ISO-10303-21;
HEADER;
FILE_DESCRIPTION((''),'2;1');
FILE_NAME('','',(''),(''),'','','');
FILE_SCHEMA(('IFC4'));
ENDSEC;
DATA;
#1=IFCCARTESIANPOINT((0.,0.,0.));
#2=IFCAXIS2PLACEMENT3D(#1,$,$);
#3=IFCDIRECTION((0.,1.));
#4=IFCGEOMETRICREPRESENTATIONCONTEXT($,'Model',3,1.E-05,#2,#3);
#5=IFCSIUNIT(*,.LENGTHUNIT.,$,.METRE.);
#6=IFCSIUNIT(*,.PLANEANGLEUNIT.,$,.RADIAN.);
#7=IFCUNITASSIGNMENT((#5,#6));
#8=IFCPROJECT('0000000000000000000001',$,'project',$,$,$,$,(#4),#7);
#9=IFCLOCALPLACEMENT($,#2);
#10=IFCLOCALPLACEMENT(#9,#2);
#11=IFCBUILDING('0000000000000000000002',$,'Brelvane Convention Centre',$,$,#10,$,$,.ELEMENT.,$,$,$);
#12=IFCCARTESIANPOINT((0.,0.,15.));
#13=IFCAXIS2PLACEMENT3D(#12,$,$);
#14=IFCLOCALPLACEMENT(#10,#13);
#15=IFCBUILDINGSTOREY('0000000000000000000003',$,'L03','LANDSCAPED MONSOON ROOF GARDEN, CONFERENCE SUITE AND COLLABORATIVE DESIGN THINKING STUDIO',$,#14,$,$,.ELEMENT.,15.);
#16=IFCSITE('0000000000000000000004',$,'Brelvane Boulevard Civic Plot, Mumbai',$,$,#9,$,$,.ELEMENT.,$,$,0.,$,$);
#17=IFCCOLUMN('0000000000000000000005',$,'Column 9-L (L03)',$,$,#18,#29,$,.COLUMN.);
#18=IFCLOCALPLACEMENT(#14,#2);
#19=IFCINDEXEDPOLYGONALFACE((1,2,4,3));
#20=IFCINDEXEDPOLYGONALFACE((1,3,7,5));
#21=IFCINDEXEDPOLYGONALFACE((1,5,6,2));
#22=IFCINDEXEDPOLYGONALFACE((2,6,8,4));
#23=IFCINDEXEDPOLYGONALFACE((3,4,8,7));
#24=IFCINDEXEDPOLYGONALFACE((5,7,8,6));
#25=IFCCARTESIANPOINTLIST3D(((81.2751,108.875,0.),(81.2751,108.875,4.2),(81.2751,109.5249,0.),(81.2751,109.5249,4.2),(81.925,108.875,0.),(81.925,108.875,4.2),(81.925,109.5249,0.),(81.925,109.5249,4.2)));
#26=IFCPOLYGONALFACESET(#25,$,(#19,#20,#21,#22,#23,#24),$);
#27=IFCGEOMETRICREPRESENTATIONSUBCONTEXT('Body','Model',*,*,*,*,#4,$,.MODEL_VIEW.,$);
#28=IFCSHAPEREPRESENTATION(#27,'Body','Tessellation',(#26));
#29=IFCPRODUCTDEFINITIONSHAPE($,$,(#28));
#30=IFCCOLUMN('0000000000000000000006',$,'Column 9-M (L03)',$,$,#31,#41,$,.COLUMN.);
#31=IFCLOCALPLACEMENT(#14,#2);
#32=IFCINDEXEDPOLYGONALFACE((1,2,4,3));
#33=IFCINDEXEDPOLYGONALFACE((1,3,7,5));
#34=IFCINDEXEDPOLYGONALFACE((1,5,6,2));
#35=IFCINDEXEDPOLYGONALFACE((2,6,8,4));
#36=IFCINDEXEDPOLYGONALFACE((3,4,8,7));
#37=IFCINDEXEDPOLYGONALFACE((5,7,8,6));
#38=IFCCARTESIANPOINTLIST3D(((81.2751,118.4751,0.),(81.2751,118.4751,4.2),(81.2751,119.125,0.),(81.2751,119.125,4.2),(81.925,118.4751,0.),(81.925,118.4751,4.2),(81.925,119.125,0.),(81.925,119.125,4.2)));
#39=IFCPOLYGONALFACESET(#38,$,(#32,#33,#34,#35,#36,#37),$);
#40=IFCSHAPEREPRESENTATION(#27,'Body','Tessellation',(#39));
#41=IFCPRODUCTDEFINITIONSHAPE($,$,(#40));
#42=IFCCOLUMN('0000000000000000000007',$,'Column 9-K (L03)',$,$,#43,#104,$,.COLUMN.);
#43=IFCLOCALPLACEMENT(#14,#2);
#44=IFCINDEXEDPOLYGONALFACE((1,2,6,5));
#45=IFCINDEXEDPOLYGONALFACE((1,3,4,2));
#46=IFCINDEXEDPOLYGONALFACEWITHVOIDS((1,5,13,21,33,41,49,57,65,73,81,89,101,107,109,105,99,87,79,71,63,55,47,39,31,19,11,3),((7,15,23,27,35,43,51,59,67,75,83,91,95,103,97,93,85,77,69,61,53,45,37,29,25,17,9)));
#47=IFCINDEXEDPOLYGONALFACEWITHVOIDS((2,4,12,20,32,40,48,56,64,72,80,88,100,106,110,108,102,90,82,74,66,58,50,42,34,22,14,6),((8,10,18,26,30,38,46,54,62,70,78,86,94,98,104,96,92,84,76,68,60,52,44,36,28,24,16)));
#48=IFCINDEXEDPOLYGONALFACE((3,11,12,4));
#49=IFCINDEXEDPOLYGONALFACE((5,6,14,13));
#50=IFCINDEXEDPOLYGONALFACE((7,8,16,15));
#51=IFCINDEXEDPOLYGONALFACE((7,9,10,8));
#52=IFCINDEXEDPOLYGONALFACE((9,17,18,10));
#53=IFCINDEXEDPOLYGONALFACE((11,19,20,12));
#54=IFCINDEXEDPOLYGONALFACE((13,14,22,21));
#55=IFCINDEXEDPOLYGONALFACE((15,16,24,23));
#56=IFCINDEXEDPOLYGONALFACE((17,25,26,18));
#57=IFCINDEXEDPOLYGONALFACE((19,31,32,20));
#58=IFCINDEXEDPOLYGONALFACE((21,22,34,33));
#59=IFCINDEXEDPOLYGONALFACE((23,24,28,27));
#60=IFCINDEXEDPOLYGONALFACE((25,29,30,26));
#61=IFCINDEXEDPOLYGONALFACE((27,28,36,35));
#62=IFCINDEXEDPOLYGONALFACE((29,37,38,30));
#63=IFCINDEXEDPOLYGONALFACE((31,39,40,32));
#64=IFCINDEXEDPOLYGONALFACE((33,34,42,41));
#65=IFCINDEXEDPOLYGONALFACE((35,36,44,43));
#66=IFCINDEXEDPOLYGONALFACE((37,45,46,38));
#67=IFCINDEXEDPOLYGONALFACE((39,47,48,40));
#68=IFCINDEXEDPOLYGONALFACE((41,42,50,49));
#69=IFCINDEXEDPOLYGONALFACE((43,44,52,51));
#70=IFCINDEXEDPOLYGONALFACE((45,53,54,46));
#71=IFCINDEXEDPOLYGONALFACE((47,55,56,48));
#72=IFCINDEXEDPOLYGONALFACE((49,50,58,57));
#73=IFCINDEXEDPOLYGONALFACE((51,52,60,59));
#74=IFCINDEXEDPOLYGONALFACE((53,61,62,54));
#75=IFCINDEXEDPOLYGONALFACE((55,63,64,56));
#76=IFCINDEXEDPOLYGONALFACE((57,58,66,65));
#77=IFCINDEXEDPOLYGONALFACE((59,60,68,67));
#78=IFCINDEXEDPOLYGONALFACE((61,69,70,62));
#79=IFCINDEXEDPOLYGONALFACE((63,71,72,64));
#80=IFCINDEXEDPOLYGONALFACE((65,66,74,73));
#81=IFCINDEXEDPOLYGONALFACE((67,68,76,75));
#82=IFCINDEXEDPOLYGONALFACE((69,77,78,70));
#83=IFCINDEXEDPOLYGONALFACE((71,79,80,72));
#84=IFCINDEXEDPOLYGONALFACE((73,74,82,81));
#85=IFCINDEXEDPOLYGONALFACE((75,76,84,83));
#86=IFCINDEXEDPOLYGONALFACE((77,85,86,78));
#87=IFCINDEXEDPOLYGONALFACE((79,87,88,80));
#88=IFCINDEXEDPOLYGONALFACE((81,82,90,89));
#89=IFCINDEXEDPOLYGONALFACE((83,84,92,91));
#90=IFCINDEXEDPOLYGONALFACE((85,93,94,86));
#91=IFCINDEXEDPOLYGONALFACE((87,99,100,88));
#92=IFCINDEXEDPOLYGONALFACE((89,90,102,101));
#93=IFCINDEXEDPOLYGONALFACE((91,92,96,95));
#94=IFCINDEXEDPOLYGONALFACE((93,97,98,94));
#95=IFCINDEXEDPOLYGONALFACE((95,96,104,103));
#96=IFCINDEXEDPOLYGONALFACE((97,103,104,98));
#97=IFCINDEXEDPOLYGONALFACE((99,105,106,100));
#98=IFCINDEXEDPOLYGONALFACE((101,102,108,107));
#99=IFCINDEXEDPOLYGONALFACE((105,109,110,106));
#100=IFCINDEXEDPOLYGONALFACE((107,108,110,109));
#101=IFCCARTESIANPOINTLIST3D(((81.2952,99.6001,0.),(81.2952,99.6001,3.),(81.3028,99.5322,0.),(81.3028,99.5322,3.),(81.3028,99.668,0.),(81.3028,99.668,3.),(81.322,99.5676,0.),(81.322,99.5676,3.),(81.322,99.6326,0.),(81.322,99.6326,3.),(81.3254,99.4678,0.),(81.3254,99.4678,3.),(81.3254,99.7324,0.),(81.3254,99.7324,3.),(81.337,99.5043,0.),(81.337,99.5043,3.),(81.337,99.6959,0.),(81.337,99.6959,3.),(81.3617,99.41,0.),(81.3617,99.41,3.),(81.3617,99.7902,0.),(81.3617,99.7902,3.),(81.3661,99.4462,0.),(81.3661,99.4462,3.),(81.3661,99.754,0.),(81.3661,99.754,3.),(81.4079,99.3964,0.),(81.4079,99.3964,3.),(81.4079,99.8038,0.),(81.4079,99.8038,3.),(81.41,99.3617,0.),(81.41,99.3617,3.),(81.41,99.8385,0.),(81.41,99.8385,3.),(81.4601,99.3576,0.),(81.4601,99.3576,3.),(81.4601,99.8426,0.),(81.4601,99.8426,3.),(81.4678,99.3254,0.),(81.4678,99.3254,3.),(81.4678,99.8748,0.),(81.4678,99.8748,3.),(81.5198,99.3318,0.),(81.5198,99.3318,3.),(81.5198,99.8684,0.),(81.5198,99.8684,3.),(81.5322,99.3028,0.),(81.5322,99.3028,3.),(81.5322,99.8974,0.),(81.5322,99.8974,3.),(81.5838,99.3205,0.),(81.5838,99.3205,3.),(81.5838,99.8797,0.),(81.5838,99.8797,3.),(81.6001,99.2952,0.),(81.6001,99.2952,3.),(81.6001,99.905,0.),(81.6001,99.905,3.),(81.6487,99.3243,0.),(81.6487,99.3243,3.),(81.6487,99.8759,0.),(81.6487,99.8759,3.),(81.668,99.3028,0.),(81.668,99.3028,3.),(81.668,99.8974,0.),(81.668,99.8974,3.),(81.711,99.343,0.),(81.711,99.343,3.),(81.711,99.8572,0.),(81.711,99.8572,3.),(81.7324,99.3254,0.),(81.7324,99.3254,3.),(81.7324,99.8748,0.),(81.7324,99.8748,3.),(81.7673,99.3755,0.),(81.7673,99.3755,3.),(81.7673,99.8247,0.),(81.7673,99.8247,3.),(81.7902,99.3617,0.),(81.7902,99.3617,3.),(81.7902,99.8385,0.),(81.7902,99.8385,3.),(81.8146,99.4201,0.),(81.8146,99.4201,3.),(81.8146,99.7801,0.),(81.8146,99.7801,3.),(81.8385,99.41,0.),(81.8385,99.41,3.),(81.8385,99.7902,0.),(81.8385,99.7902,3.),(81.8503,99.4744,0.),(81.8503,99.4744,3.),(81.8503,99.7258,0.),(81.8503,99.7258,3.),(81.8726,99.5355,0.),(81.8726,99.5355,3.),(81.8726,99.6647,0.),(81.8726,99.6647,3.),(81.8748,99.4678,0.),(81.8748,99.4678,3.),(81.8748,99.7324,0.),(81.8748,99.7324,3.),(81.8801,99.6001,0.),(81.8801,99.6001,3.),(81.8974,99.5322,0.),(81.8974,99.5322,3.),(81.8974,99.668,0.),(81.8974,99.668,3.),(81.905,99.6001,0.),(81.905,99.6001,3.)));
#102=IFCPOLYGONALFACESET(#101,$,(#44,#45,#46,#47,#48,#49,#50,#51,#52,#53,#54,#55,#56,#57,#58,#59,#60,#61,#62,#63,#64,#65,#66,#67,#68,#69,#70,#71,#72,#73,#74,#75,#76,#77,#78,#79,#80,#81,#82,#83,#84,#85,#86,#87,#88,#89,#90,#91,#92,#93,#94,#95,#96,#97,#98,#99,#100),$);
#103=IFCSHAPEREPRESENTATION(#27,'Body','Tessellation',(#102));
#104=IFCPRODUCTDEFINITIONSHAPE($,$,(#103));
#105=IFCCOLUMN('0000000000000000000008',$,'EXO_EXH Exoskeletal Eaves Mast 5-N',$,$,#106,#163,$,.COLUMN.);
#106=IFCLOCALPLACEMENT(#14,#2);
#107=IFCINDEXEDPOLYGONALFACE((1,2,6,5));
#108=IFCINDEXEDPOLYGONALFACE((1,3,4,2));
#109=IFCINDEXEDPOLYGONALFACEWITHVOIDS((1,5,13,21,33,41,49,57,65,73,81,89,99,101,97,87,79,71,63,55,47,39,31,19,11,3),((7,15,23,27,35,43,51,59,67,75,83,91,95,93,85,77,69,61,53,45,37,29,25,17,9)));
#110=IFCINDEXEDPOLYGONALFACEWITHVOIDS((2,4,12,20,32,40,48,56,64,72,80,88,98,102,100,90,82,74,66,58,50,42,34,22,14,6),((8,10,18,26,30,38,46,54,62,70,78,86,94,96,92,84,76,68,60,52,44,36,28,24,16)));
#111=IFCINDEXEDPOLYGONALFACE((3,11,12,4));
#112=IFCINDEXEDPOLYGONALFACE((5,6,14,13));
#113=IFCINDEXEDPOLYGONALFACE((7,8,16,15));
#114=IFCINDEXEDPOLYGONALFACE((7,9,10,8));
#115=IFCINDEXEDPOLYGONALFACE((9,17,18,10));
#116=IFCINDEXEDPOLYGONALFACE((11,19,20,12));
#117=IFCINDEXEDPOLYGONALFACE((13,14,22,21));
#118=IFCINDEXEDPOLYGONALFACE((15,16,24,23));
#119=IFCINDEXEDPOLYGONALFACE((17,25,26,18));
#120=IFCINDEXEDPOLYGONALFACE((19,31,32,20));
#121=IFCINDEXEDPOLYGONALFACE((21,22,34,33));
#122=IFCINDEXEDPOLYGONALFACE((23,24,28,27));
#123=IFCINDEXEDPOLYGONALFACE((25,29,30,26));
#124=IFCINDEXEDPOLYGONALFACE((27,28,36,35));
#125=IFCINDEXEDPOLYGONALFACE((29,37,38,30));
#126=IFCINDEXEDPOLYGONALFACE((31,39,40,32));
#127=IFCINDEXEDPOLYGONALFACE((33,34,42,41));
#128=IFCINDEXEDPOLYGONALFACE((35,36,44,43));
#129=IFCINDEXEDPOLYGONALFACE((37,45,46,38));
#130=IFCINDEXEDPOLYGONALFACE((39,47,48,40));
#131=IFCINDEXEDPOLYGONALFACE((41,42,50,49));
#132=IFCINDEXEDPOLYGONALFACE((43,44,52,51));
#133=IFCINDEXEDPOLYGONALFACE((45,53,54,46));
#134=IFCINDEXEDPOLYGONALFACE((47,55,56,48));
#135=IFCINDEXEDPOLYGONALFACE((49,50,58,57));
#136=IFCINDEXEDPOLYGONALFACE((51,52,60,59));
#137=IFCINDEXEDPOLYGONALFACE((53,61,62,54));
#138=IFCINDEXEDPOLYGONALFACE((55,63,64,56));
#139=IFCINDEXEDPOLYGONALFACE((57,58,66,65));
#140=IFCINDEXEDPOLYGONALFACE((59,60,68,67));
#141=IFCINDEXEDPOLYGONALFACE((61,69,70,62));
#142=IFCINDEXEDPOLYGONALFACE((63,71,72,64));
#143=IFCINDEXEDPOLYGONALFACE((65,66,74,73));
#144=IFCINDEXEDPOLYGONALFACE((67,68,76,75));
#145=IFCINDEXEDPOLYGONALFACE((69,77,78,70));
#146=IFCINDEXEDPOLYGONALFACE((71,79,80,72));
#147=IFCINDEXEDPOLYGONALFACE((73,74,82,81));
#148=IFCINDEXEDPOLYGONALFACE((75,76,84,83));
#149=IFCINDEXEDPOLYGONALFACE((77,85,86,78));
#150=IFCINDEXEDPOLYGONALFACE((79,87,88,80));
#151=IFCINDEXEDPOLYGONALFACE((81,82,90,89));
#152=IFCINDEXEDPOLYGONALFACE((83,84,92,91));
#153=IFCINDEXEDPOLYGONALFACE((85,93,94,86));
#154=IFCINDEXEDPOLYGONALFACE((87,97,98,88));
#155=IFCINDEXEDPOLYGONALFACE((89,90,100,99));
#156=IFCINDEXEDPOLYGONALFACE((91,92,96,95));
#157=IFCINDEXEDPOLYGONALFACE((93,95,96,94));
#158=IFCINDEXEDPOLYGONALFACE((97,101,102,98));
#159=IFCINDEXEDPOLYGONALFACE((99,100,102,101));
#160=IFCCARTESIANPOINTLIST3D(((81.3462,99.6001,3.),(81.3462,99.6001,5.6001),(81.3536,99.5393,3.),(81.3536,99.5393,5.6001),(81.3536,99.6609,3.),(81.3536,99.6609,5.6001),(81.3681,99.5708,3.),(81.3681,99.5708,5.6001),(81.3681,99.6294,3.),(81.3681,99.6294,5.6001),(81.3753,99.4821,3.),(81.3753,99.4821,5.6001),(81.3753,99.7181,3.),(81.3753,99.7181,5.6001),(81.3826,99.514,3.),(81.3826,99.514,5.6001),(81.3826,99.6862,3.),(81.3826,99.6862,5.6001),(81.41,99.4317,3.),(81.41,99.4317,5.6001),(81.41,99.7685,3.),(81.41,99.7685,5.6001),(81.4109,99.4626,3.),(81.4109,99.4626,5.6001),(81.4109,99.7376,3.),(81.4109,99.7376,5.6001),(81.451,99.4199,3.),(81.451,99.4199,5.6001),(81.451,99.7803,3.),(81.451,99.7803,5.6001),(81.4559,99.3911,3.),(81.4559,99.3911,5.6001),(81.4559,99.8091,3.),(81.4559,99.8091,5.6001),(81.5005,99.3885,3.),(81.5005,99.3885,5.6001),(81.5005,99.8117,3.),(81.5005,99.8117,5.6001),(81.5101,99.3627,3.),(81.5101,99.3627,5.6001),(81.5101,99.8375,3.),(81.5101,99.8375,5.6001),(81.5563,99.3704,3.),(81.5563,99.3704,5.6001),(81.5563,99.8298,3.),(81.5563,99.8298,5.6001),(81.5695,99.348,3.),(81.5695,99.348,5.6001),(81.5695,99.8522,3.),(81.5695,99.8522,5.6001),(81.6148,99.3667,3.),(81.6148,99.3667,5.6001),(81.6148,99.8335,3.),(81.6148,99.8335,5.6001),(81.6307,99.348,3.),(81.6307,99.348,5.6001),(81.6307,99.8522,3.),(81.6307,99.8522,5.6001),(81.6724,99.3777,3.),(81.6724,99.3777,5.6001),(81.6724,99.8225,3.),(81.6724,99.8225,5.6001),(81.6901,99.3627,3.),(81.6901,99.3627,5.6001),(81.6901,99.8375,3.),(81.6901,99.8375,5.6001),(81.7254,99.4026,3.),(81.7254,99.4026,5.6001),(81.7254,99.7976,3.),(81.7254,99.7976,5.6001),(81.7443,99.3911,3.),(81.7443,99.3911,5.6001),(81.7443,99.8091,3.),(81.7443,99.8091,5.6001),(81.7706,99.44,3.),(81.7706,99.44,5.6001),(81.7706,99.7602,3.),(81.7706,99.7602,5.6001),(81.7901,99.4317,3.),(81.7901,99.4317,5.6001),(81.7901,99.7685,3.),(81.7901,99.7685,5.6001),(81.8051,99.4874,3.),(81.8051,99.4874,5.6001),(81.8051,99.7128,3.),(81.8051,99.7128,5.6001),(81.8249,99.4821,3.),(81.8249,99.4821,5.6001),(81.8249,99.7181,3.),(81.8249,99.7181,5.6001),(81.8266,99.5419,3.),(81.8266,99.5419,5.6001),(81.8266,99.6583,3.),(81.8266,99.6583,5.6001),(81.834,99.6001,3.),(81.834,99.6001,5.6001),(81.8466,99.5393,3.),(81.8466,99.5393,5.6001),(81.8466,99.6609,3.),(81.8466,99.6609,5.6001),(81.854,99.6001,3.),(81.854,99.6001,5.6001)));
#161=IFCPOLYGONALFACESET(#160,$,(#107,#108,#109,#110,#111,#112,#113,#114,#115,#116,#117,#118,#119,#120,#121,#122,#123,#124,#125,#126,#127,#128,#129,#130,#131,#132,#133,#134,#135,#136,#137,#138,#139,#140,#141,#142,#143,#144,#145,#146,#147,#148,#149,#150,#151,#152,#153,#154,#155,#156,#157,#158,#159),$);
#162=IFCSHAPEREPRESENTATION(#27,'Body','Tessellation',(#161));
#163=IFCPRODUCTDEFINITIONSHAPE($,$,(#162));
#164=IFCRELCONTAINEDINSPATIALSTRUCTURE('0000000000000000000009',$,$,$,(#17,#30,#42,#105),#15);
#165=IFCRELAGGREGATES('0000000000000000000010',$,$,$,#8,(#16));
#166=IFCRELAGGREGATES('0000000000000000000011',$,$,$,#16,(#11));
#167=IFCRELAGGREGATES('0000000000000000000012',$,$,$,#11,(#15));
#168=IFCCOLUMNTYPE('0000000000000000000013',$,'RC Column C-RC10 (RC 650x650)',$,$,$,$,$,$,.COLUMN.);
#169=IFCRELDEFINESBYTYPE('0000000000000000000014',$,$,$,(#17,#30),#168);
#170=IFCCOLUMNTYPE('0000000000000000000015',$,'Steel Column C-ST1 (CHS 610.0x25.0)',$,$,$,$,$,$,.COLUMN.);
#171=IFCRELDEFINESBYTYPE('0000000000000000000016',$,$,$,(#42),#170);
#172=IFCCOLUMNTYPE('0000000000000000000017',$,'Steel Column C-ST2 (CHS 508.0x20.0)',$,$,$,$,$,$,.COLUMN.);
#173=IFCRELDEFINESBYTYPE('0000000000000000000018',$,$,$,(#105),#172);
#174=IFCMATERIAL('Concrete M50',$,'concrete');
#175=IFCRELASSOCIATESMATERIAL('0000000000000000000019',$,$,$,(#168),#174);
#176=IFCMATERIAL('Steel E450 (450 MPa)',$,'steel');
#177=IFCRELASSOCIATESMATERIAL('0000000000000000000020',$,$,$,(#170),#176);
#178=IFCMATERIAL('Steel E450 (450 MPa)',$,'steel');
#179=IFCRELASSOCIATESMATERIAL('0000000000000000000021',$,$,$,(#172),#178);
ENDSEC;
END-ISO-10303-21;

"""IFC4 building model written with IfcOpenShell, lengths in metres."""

from ifc_helpers import new_model, si_unit, direction, frame, origin, origin_2d, place, context, subcontext, project, spatial, rectangle, hollow_circle, extrude, material, material_profile, profile_set, type_object, element, save


model = new_model("IFC4")

# Units and contexts
model_context = context("Model", 3, precision=1e-05, world=origin(), true_north=direction((0.0, 1.0)))
body_context = subcontext(model_context, "Body", "Model", "MODEL_VIEW")
ifc_project = project(units=[si_unit("LENGTHUNIT", "METRE"), si_unit("PLANEANGLEUNIT", "RADIAN")], contexts=[model_context])

# Site, building, storey
site_placement = place(None, origin())
site = spatial("IfcSite", under=ifc_project, at=site_placement, Name="Brelvane Boulevard Civic Plot, Mumbai", CompositionType="ELEMENT", RefElevation=0.0)
building_placement = place(site_placement, origin())
building = spatial("IfcBuilding", under=site, at=building_placement, Name="Brelvane Convention Centre", CompositionType="ELEMENT")
storey_placement = place(building_placement, frame((0.0, 0.0, 15.0)))
storey = spatial("IfcBuildingStorey", under=building, at=storey_placement, Name="L03", Description="LANDSCAPED MONSOON ROOF GARDEN, CONFERENCE SUITE AND COLLABORATIVE DESIGN THINKING STUDIO", CompositionType="ELEMENT", Elevation=15.0)

# Columns
ifc_material_1 = material(Name="Concrete M50", Category="concrete")
ifc_material_profile_1 = material_profile(ifc_material_1, rectangle(XDim=0.6499, YDim=0.6499, at=origin_2d()), Name="RC 650x650")
ifc_profile_set_1 = profile_set([ifc_material_profile_1], Name="Concrete M50")
column_type_1 = type_object("IfcColumnType", Name="RC Column C-RC10 (RC 650x650)", PredefinedType="COLUMN", material=ifc_profile_set_1)
for number, where, z_axis, x_axis, name in (
    (1, (81.6001, 109.2, 0.0), (0.0, 0.0, 1.0), (1.0, 0.0, 0.0), "Column 9-L (L03)"),
    (2, (81.6001, 118.8, 0.0), (0.0, 0.0, 1.0), (1.0, 0.0, 0.0), "Column 9-M (L03)"),
):
    element("IfcColumn", number, at=place(storey_placement, frame(where, z_axis=z_axis, x_axis=x_axis)), inside=storey, type_object=column_type_1, Name=name, PredefinedType="COLUMN", context=body_context, shape_type="SweptSolid", body=[
        extrude(rectangle(XDim=0.6499, YDim=0.6499, at=origin_2d()), origin(), (0.0, 0.0, 1.0), 4.2),
    ])
ifc_material_2 = material(Name="Steel E450 (450 MPa)", Category="steel")
ifc_material_profile_2 = material_profile(ifc_material_2, hollow_circle(Radius=0.3049, WallThickness=0.0249, at=origin_2d()), Name="CHS 610.0x25.0")
ifc_profile_set_2 = profile_set([ifc_material_profile_2], Name="Steel E450 (450 MPa)")
column_type_2 = type_object("IfcColumnType", Name="Steel Column C-ST1 (CHS 610.0x25.0)", PredefinedType="COLUMN", material=ifc_profile_set_2)
column_1_placement = place(storey_placement, frame((81.6001, 99.6001, 0.0), z_axis=(0.0, 0.0, 1.0), x_axis=(1.0, 0.0, 0.0)))
element("IfcColumn", 3, at=column_1_placement, inside=storey, type_object=column_type_2, Name="Column 9-K (L03)", PredefinedType="COLUMN", context=body_context, shape_type="SweptSolid", body=[
    extrude(hollow_circle(Radius=0.3049, WallThickness=0.0249, at=origin_2d()), origin(), (0.0, 0.0, 1.0), 3.0),
])
ifc_material_3 = material(Name="Steel E450 (450 MPa)", Category="steel")
ifc_material_profile_3 = material_profile(ifc_material_3, hollow_circle(Radius=0.2539, WallThickness=0.02, at=origin_2d()), Name="CHS 508.0x20.0")
ifc_profile_set_3 = profile_set([ifc_material_profile_3], Name="Steel E450 (450 MPa)")
column_type_3 = type_object("IfcColumnType", Name="Steel Column C-ST2 (CHS 508.0x20.0)", PredefinedType="COLUMN", material=ifc_profile_set_3)
column_2_placement = place(storey_placement, frame((81.6001, 99.6001, 3.0), z_axis=(0.0, 0.0, 1.0), x_axis=(1.0, 0.0, 0.0)))
element("IfcColumn", 4, at=column_2_placement, inside=storey, type_object=column_type_3, Name="EXO_EXH Exoskeletal Eaves Mast 5-N", PredefinedType="COLUMN", context=body_context, shape_type="SweptSolid", body=[
    extrude(hollow_circle(Radius=0.2539, WallThickness=0.02, at=origin_2d()), origin(), (0.0, 0.0, 1.0), 2.6001),
])

save(model, "model.ifc")
